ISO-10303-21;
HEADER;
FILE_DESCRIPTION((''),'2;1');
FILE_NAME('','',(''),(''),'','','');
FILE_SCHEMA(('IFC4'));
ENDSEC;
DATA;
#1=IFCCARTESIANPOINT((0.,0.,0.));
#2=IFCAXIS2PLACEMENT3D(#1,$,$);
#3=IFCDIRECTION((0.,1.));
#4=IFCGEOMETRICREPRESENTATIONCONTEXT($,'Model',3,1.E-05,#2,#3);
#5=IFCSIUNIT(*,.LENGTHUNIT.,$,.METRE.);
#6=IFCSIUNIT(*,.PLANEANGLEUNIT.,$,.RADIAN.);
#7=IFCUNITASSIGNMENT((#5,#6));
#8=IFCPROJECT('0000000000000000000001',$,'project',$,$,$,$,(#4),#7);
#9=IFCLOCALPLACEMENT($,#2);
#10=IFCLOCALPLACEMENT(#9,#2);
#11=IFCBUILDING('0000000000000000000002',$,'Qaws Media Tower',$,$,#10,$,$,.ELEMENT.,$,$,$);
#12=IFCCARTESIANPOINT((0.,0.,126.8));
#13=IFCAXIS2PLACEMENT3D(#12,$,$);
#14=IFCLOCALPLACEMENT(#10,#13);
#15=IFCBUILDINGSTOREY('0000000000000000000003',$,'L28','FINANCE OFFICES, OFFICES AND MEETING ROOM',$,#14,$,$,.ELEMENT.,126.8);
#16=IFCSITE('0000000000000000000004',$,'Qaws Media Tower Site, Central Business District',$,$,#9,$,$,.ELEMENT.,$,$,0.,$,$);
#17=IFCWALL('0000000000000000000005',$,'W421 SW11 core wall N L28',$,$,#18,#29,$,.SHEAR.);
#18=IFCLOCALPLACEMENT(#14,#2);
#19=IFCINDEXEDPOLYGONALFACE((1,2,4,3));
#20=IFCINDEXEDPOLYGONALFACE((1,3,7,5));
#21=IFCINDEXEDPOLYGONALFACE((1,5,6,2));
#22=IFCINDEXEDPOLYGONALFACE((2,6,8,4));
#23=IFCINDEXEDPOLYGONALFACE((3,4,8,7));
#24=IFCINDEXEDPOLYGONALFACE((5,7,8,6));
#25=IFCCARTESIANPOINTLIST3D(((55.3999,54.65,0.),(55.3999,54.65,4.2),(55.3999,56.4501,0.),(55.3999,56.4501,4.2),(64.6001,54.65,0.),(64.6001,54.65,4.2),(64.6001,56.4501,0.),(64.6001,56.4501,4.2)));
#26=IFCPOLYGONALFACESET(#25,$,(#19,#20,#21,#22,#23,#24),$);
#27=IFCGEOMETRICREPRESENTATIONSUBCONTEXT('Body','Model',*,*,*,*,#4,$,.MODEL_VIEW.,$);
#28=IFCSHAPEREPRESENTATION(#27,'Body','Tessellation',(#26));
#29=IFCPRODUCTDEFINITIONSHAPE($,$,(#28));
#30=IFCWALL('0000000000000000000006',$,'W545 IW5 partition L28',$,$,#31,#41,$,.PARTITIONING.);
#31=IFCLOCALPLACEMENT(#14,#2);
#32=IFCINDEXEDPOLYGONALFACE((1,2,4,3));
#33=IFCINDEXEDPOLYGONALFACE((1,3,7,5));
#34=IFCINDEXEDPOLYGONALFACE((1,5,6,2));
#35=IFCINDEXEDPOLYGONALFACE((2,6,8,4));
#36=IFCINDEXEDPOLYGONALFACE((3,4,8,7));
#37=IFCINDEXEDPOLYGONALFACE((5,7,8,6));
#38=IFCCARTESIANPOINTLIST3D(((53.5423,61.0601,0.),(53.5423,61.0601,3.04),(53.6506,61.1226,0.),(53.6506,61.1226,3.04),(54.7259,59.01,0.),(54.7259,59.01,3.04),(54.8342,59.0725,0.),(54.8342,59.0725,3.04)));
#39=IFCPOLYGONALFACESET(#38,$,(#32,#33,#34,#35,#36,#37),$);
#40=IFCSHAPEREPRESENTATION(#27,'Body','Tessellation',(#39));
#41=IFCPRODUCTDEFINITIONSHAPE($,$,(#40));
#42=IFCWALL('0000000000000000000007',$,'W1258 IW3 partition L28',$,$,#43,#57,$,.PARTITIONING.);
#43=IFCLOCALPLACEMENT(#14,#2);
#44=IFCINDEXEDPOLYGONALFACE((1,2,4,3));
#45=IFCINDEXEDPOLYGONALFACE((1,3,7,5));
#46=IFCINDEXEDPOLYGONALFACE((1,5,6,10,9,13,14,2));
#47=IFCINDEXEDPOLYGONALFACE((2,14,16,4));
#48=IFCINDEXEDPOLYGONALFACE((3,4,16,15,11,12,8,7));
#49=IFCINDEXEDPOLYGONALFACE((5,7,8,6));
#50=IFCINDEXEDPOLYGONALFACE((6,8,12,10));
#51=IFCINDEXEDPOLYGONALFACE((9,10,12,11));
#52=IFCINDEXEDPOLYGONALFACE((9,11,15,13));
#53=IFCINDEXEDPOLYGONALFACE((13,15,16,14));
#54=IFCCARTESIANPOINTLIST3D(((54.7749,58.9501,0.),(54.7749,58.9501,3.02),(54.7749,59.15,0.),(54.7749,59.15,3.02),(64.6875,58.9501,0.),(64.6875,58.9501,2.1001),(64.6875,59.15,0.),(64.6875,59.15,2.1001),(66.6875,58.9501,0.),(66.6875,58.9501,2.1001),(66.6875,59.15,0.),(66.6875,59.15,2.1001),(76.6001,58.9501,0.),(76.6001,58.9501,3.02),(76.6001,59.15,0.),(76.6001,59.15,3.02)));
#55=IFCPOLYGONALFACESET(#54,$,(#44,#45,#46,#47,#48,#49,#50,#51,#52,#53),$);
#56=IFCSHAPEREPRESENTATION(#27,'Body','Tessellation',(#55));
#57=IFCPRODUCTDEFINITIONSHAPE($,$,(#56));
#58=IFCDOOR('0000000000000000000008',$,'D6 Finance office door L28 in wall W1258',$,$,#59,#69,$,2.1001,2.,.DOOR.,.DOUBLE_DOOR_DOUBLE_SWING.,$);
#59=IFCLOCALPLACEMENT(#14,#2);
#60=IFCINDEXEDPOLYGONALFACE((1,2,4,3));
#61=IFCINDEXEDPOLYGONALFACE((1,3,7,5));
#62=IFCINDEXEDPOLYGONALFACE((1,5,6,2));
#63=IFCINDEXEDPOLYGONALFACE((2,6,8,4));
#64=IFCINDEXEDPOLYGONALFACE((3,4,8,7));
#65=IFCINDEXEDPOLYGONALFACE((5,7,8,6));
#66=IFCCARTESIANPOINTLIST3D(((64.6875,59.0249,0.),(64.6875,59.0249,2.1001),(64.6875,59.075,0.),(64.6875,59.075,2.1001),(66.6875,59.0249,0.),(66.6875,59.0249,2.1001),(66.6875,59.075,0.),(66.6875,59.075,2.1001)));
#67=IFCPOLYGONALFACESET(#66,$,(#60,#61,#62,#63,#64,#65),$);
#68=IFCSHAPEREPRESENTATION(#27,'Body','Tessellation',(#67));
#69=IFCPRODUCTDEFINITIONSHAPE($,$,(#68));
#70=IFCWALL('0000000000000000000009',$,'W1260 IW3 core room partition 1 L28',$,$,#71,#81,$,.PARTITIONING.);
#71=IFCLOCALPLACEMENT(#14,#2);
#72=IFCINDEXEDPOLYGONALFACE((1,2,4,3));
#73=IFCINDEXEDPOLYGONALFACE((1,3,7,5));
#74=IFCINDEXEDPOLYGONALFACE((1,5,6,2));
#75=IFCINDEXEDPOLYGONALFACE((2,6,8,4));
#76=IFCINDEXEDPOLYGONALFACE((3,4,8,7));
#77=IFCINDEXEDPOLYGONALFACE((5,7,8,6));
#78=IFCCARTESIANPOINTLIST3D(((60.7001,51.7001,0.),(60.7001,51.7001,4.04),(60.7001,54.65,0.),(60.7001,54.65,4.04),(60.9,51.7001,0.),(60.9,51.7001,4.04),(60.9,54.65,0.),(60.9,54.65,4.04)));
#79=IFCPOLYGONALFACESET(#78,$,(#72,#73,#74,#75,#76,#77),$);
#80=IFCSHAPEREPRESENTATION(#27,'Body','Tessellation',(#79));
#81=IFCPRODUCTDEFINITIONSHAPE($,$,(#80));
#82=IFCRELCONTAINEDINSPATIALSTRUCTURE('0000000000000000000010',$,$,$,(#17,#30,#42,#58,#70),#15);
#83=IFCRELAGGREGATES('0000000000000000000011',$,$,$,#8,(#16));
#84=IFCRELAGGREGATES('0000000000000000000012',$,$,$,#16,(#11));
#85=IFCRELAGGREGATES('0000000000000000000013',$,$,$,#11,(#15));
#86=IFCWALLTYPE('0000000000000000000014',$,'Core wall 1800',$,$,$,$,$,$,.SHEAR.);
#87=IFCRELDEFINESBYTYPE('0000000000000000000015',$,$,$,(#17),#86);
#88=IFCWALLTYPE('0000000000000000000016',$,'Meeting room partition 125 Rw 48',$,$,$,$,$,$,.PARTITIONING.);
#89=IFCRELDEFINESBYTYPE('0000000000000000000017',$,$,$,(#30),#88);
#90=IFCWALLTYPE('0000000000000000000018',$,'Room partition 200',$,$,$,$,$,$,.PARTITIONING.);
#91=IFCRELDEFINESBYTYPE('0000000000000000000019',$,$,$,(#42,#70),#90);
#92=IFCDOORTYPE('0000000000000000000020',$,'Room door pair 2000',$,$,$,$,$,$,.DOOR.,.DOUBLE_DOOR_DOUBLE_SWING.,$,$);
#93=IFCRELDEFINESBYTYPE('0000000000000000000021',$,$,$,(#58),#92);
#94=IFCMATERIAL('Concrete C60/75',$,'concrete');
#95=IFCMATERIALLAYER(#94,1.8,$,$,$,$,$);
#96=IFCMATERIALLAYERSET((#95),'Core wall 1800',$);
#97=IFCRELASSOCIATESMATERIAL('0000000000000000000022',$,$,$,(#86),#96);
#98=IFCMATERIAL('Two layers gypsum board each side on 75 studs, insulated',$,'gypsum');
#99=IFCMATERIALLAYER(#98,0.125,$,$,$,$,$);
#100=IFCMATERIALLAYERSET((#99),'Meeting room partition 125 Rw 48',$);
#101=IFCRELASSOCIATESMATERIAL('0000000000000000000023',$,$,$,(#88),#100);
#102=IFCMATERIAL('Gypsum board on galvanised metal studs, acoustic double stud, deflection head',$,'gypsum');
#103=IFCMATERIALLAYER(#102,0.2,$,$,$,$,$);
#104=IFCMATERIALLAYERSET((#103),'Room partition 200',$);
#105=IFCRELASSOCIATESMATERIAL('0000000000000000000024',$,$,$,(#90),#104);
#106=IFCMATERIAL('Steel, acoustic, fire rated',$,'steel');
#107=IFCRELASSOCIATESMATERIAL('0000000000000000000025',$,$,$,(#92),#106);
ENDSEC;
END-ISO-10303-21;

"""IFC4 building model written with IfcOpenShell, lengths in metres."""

from ifc_helpers import new_model, si_unit, direction, frame, frame_2d, origin, place, context, subcontext, project, spatial, rectangle, extrude, material, layer, layer_set, type_object, element, fill, save


model = new_model("IFC4")

# Units and contexts
model_context = context("Model", 3, precision=1e-05, world=origin(), true_north=direction((0.0, 1.0)))
body_context = subcontext(model_context, "Body", "Model", "MODEL_VIEW")
ifc_project = project(units=[si_unit("LENGTHUNIT", "METRE"), si_unit("PLANEANGLEUNIT", "RADIAN")], contexts=[model_context])

# Site, building, storey
site_placement = place(None, origin())
site = spatial("IfcSite", under=ifc_project, at=site_placement, Name="Qaws Media Tower Site, Central Business District", CompositionType="ELEMENT", RefElevation=0.0)
building_placement = place(site_placement, origin())
building = spatial("IfcBuilding", under=site, at=building_placement, Name="Qaws Media Tower", CompositionType="ELEMENT")
storey_placement = place(building_placement, frame((0.0, 0.0, 126.8)))
storey = spatial("IfcBuildingStorey", under=building, at=storey_placement, Name="L28", Description="FINANCE OFFICES, OFFICES AND MEETING ROOM", CompositionType="ELEMENT", Elevation=126.8)

# Walls
ifc_material_1 = material(Name="Concrete C60/75", Category="concrete")
ifc_layer_1 = layer(ifc_material_1, 1.8)
ifc_layer_set_1 = layer_set([ifc_layer_1], Name="Core wall 1800")
wall_type_1 = type_object("IfcWallType", Name="Core wall 1800", PredefinedType="SHEAR", material=ifc_layer_set_1)
wall_1_placement = place(storey_placement, frame((55.3999, 55.55, 0.0), z_axis=(0.0, 0.0, 1.0), x_axis=(1.0, 0.0, 0.0)))
element("IfcWall", 1, at=wall_1_placement, inside=storey, type_object=wall_type_1, Name="W421 SW11 core wall N L28", PredefinedType="SHEAR", context=body_context, shape_type="SweptSolid", body=[
    extrude(rectangle(XDim=9.2002, YDim=1.8, at=frame_2d((4.6001, 0.0))), origin(), (0.0, 0.0, 1.0), 4.2),
])
ifc_material_2 = material(Name="Two layers gypsum board each side on 75 studs, insulated", Category="gypsum")
ifc_layer_2 = layer(ifc_material_2, 0.125)
ifc_layer_set_2 = layer_set([ifc_layer_2], Name="Meeting room partition 125 Rw 48")
wall_type_2 = type_object("IfcWallType", Name="Meeting room partition 125 Rw 48", PredefinedType="PARTITIONING", material=ifc_layer_set_2)
wall_2_placement = place(storey_placement, frame((54.78, 59.0413, 0.0), z_axis=(0.0, 0.0, 1.0), x_axis=(-0.499999, 0.866026, 0.0)))
element("IfcWall", 2, at=wall_2_placement, inside=storey, type_object=wall_type_2, Name="W545 IW5 partition L28", PredefinedType="PARTITIONING", context=body_context, shape_type="SweptSolid", body=[
    extrude(rectangle(XDim=2.3672, YDim=0.125, at=frame_2d((1.1836, 0.0))), origin(), (0.0, 0.0, 1.0), 3.04),
])

# Wall, opening, door
ifc_material_3 = material(Name="Gypsum board on galvanised metal studs, acoustic double stud, deflection head", Category="gypsum")
ifc_layer_3 = layer(ifc_material_3, 0.2)
ifc_layer_set_3 = layer_set([ifc_layer_3], Name="Room partition 200")
wall_type_3 = type_object("IfcWallType", Name="Room partition 200", PredefinedType="PARTITIONING", material=ifc_layer_set_3)
wall_3_placement = place(storey_placement, frame((54.7749, 59.05, 0.0), z_axis=(0.0, 0.0, 1.0), x_axis=(1.0, 0.0, 0.0)))
wall_3 = element("IfcWall", 3, at=wall_3_placement, inside=storey, type_object=wall_type_3, Name="W1258 IW3 partition L28", PredefinedType="PARTITIONING", context=body_context, shape_type="SweptSolid", body=[
    extrude(rectangle(XDim=21.8252, YDim=0.2, at=frame_2d((10.9126, 0.0))), origin(), (0.0, 0.0, 1.0), 3.02),
])
opening_1_placement = place(wall_3_placement, frame((9.9126, 0.0, 0.0)))
opening_1 = element("IfcOpeningElement", 4, at=opening_1_placement, cuts=wall_3, PredefinedType="OPENING", context=body_context, shape_type="SweptSolid", body=[
    extrude(rectangle(XDim=2.0, YDim=2.1001, at=frame_2d((1.0, 1.05))), frame((0.0, 0.1099, 0.0), z_axis=(0.0, -1.0, 0.0), x_axis=(1.0, 0.0, 0.0)), (0.0, 0.0, 1.0), 0.22),
])
ifc_material_4 = material(Name="Steel, acoustic, fire rated", Category="steel")
door_type_1 = type_object("IfcDoorType", Name="Room door pair 2000", OperationType="DOUBLE_DOOR_DOUBLE_SWING", PredefinedType="DOOR", material=ifc_material_4)
door_1_placement = place(opening_1_placement, origin())
door_1 = element("IfcDoor", 5, at=door_1_placement, inside=storey, type_object=door_type_1, Name="D6 Finance office door L28 in wall W1258", OperationType="DOUBLE_DOOR_DOUBLE_SWING", OverallHeight=2.1001, OverallWidth=2.0, PredefinedType="DOOR", context=body_context, shape_type="SweptSolid", body=[
    extrude(rectangle(XDim=2.0, YDim=2.1001, at=frame_2d((1.0, 1.05))), frame((0.0, 0.0249, 0.0), z_axis=(0.0, -1.0, 0.0), x_axis=(1.0, 0.0, 0.0)), (0.0, 0.0, 1.0), 0.05),
])
fill(opening_1, door_1)

# Wall
wall_4_placement = place(storey_placement, frame((60.8, 51.7, 0.0), z_axis=(0.0, 0.0, 1.0), x_axis=(0.0, 1.0, 0.0)))
element("IfcWall", 6, at=wall_4_placement, inside=storey, type_object=wall_type_3, Name="W1260 IW3 core room partition 1 L28", PredefinedType="PARTITIONING", context=body_context, shape_type="SweptSolid", body=[
    extrude(rectangle(XDim=2.95, YDim=0.2, at=frame_2d((1.4751, 0.0))), origin(), (0.0, 0.0, 1.0), 4.04),
])

save(model, "model.ifc")
